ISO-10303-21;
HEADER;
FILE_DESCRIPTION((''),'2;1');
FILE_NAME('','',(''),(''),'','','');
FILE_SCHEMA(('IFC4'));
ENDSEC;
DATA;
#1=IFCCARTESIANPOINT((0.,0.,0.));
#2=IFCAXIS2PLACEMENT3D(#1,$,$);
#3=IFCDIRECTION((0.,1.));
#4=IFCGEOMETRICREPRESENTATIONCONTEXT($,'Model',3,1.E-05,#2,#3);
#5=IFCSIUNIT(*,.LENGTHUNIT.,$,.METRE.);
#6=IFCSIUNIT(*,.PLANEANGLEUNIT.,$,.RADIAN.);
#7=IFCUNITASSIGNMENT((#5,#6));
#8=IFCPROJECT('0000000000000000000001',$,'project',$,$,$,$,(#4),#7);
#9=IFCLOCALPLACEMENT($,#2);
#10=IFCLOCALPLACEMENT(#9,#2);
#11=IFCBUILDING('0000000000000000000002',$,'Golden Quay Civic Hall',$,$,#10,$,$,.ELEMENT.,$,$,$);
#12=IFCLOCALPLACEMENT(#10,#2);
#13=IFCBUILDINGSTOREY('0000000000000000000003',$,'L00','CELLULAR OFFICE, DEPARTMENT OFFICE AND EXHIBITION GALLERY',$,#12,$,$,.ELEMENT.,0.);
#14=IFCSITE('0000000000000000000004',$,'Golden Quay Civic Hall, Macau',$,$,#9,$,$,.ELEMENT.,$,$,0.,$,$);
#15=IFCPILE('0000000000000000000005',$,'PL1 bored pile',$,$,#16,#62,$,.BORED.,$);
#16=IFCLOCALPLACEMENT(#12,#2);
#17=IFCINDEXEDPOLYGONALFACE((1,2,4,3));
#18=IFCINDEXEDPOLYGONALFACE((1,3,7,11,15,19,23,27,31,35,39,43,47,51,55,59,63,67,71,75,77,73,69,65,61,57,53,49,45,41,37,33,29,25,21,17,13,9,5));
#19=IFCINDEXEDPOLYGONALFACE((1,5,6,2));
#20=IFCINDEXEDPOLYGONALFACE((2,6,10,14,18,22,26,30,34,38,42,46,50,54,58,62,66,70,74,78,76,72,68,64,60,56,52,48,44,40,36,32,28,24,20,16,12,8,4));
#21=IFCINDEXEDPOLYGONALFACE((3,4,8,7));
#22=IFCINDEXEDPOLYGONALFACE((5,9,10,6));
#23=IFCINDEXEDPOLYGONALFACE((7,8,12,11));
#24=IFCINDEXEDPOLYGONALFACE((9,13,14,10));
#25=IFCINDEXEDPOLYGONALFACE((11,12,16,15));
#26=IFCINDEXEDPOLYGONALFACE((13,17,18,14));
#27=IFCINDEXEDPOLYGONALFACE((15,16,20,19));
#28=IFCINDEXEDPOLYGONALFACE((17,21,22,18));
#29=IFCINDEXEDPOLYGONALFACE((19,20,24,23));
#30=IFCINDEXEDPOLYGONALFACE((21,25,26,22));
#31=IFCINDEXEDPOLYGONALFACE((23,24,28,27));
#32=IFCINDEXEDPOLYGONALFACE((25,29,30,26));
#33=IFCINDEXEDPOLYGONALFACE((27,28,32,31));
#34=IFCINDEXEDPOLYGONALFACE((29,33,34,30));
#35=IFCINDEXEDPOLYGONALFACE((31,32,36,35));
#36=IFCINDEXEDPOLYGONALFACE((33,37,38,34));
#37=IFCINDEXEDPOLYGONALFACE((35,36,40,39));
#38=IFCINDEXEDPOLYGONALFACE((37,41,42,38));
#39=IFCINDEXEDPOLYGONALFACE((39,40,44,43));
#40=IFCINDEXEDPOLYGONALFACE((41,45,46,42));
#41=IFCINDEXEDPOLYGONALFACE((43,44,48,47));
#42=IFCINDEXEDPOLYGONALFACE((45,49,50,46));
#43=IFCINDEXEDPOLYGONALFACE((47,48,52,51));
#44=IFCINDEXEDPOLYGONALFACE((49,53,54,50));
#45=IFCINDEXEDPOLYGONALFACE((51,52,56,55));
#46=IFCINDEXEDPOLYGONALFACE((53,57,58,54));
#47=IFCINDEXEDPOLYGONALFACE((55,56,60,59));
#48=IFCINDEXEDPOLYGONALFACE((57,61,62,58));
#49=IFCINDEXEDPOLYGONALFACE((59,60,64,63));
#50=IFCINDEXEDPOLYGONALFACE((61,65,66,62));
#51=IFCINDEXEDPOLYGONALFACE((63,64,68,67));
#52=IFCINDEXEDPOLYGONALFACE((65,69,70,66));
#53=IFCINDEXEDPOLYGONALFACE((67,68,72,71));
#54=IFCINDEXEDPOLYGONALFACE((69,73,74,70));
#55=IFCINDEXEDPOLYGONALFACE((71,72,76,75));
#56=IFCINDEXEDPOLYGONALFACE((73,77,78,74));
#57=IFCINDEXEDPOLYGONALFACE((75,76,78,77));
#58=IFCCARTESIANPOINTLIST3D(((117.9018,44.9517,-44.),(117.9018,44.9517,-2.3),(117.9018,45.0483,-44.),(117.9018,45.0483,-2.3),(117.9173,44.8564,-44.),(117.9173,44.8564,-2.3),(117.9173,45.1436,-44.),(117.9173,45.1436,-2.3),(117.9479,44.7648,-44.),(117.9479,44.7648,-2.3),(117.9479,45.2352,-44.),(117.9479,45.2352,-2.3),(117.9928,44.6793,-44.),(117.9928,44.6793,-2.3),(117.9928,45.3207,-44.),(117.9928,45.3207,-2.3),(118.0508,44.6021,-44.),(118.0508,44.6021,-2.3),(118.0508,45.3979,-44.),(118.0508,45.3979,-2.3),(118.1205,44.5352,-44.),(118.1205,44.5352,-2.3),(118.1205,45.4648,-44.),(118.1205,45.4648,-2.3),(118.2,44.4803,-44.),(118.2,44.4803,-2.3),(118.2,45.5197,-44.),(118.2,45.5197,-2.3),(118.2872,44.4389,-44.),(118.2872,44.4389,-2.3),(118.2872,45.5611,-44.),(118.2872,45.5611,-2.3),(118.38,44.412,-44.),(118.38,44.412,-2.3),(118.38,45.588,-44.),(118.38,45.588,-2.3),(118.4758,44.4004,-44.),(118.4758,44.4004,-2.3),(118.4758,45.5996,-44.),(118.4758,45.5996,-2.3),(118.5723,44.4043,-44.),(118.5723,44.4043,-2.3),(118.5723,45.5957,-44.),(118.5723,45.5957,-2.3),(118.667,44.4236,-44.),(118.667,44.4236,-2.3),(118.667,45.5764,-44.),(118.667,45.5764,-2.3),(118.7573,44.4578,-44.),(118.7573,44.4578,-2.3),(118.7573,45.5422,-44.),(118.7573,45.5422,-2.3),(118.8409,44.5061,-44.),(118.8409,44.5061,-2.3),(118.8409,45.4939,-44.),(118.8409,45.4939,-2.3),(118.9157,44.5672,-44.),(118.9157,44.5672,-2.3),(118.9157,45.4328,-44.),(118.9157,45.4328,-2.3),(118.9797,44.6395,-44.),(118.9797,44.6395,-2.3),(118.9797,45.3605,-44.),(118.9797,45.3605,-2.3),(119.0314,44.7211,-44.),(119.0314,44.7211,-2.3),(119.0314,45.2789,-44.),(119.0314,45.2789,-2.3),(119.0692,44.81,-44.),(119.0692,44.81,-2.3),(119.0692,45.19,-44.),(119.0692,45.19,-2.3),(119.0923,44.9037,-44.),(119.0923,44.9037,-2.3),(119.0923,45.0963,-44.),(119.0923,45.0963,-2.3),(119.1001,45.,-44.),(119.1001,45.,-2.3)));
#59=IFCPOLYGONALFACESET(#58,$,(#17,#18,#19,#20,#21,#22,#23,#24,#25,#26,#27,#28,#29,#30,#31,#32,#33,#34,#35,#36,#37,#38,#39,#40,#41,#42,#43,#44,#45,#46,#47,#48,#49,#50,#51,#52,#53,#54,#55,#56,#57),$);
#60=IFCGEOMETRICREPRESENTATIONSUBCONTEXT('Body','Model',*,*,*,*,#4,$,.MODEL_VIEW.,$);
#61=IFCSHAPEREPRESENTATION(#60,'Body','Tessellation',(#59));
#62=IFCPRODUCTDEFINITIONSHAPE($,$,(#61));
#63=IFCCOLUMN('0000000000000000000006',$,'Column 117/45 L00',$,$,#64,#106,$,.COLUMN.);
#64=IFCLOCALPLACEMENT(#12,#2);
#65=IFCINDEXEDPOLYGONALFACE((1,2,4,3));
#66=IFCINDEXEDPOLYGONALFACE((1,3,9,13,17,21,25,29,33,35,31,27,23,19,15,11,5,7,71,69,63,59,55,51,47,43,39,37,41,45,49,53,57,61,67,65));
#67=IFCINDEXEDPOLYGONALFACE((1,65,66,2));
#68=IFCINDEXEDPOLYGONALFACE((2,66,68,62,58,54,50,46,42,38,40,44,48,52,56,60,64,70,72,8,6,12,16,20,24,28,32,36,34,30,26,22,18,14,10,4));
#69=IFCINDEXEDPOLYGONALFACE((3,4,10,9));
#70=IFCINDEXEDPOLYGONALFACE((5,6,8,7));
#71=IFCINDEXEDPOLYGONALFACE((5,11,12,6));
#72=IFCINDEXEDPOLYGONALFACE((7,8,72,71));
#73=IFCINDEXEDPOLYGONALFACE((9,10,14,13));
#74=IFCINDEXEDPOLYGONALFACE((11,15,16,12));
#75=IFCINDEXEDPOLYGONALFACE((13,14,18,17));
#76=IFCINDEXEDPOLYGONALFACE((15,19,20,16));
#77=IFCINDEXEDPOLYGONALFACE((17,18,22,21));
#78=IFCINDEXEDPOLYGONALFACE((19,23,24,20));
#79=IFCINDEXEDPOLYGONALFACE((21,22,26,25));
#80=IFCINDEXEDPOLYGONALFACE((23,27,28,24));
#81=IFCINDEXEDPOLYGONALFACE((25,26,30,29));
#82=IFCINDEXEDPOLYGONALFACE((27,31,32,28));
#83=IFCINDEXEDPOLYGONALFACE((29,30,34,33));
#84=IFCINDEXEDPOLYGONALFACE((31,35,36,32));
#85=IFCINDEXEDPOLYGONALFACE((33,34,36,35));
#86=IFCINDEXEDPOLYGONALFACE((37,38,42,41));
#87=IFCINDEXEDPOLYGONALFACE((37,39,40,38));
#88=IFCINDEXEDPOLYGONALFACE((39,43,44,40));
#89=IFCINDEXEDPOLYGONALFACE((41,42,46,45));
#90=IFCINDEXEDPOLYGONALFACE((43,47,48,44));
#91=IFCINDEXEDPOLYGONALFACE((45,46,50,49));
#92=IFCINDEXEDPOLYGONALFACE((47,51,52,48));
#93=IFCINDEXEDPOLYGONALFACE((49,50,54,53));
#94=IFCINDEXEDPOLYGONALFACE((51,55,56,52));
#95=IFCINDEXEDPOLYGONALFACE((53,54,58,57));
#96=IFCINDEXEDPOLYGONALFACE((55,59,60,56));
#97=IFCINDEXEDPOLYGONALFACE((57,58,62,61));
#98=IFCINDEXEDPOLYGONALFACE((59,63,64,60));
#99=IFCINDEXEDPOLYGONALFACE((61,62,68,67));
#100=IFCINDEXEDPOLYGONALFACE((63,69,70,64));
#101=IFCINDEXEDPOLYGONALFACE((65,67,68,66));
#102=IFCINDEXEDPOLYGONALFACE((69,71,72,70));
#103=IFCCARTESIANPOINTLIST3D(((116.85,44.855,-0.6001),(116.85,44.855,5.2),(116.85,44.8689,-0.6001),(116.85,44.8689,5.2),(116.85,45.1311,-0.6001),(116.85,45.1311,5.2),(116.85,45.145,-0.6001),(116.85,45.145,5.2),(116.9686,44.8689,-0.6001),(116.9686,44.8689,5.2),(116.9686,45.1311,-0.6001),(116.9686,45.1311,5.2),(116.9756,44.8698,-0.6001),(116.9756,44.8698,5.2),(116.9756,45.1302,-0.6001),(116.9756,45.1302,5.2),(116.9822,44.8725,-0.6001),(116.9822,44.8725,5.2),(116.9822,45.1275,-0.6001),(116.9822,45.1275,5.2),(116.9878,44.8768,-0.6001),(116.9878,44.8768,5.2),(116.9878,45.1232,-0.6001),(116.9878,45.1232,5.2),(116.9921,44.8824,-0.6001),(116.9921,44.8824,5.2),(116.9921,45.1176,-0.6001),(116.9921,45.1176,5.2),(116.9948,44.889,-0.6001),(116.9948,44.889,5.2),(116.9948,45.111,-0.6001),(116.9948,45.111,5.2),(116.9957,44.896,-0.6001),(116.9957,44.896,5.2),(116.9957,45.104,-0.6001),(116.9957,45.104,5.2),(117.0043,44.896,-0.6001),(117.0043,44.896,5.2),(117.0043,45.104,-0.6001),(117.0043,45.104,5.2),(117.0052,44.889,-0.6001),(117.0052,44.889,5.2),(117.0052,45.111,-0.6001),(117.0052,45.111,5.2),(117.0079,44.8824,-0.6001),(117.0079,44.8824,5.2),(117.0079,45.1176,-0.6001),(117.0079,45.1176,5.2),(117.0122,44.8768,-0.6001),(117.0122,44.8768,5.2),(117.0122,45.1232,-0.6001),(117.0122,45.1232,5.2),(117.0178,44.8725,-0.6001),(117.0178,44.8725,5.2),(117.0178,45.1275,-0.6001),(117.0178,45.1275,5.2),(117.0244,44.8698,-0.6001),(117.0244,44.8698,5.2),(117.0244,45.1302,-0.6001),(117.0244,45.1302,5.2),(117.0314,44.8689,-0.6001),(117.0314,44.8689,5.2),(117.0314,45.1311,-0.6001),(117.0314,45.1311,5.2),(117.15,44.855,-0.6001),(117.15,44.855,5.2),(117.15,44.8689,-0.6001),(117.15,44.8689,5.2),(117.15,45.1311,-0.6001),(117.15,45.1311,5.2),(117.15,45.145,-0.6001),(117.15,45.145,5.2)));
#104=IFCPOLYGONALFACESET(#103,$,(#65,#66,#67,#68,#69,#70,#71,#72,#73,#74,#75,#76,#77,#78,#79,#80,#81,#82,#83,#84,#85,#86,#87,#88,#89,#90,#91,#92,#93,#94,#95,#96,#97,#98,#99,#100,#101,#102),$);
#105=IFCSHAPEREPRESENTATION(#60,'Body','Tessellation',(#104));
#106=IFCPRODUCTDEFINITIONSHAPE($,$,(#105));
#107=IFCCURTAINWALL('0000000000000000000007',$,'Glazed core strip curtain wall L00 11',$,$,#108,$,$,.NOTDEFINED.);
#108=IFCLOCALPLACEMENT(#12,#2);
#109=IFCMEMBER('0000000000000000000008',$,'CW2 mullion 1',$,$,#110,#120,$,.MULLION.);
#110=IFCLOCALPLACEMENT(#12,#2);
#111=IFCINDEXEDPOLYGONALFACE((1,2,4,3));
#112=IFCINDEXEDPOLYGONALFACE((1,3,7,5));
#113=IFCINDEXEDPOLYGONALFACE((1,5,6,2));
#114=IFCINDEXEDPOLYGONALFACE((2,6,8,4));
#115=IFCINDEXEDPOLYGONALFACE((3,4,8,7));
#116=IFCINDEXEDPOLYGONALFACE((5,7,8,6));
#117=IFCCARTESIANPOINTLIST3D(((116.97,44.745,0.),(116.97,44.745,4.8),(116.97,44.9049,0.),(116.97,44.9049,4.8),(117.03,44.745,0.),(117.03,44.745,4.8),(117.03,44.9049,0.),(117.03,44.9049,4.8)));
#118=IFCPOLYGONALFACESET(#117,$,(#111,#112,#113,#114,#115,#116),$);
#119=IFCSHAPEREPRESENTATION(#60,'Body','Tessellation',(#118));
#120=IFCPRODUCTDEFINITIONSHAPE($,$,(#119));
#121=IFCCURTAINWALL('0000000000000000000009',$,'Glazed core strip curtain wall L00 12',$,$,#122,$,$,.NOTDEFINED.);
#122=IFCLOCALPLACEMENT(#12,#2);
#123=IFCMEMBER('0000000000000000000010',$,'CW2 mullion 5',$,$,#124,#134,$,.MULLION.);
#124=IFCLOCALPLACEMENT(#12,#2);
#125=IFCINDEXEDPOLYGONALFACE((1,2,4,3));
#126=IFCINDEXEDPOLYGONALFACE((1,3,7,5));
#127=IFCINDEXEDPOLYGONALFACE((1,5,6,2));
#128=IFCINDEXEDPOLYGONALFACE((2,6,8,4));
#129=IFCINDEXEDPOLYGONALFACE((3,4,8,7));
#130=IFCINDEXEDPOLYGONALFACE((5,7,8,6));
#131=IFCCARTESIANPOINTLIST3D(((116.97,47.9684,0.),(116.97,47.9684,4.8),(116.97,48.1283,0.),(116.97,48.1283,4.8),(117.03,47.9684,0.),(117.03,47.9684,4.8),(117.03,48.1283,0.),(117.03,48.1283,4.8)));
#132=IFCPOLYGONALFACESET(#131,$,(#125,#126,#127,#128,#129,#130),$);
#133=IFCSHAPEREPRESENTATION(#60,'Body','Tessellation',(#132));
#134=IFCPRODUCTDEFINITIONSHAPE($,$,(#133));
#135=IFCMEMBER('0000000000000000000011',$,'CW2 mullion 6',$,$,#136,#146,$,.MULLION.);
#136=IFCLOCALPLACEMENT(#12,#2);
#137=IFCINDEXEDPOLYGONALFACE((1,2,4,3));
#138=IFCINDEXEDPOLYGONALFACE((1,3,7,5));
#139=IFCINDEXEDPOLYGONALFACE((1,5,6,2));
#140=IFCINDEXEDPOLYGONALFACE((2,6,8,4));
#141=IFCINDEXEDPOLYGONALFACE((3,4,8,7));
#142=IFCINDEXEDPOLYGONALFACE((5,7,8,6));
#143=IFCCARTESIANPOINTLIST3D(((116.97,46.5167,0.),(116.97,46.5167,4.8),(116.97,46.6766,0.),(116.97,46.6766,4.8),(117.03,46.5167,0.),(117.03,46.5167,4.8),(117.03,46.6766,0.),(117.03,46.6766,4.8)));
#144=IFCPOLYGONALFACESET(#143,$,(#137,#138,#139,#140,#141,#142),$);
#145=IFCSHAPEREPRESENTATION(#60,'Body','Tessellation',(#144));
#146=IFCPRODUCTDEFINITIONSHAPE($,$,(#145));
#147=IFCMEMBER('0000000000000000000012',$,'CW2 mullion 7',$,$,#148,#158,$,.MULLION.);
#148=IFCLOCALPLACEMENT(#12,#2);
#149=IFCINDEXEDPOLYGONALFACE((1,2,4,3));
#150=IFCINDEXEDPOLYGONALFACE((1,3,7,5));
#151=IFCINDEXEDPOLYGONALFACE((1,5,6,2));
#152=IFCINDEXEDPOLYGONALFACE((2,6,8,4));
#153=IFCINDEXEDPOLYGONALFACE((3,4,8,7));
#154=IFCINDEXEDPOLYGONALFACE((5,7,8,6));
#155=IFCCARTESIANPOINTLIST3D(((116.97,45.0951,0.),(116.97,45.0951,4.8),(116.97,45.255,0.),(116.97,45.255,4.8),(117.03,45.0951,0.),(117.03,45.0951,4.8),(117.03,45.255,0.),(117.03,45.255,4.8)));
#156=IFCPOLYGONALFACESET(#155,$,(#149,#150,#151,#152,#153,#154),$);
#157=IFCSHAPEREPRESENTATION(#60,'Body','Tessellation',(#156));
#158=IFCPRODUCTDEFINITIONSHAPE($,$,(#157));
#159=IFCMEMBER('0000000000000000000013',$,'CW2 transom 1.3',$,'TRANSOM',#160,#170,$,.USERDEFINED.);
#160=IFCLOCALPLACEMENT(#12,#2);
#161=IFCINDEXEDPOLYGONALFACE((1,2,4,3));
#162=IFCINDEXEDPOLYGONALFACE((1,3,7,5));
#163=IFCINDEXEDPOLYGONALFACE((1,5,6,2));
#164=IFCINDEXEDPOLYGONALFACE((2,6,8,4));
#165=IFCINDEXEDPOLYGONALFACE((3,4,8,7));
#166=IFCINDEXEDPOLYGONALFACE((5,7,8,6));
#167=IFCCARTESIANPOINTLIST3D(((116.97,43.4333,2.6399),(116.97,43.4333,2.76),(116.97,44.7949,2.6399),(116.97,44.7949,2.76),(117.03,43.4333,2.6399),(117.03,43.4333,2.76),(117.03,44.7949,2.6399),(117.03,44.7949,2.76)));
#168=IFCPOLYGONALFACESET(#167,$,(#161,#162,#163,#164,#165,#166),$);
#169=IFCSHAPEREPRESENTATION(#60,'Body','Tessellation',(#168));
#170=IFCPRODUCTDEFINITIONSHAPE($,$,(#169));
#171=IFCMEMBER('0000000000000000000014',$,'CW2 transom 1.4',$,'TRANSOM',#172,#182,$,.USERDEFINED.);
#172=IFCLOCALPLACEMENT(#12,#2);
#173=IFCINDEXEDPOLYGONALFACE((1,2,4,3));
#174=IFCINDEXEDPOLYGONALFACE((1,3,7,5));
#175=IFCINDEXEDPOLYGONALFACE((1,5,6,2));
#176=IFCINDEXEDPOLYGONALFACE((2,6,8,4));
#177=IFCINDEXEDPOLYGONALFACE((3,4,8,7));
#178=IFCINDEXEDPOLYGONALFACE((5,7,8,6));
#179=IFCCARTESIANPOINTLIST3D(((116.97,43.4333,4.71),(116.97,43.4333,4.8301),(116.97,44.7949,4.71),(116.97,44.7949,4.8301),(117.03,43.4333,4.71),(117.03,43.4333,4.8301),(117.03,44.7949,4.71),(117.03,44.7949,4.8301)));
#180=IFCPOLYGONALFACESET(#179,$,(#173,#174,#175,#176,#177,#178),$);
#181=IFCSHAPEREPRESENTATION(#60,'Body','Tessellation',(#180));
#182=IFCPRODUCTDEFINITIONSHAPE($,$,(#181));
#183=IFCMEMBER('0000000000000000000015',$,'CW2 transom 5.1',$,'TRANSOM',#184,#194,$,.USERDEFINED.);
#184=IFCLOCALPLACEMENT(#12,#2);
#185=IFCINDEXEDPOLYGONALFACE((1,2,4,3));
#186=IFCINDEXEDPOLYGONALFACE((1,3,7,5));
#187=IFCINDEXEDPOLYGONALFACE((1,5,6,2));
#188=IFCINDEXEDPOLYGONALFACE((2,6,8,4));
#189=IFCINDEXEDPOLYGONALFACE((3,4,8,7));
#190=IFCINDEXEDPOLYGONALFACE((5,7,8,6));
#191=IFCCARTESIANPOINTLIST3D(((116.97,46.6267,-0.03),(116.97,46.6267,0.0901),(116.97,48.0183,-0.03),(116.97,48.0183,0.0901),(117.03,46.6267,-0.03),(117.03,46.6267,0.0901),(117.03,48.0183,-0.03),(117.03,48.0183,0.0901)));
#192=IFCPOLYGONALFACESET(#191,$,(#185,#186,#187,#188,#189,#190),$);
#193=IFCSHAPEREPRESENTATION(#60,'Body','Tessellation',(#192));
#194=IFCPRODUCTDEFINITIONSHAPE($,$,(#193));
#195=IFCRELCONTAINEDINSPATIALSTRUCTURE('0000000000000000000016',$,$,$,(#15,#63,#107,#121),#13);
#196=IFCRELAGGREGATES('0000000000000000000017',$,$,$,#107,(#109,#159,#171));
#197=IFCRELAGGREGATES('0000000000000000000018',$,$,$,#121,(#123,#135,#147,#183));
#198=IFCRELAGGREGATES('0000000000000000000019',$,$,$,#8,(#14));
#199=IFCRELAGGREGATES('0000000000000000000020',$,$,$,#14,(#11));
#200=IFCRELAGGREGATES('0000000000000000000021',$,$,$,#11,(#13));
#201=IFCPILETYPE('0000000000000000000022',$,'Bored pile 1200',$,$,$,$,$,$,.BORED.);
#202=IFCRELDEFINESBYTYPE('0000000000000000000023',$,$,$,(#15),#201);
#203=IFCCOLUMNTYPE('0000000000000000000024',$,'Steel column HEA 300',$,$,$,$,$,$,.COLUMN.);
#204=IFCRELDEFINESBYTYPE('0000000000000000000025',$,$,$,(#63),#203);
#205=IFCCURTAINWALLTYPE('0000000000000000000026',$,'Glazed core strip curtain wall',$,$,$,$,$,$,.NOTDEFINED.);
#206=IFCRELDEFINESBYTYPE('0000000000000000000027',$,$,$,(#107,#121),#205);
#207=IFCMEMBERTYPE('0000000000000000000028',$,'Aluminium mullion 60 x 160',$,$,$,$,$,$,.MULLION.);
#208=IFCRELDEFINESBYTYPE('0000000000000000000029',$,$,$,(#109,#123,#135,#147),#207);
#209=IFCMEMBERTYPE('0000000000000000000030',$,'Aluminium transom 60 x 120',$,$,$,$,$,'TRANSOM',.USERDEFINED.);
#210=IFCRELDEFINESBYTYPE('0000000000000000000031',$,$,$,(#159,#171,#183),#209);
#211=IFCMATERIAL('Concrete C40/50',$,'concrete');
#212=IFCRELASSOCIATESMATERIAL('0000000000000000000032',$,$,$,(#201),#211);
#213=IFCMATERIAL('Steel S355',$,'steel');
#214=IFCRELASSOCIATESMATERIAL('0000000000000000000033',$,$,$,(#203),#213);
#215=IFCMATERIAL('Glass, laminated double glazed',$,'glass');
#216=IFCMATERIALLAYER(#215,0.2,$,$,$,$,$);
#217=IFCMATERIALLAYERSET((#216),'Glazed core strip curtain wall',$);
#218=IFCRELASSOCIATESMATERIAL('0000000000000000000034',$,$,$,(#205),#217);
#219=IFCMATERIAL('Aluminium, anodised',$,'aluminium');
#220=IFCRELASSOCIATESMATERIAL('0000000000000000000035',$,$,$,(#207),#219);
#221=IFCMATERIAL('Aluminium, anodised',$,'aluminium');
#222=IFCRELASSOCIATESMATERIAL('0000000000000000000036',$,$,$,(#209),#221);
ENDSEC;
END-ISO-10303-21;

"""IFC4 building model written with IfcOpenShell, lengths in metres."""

from ifc_helpers import new_model, si_unit, direction, frame, origin, origin_2d, place, context, subcontext, project, spatial, rectangle, circle, i_section, extrude, material, layer, layer_set, material_profile, profile_set, type_object, element, aggregate, save


model = new_model("IFC4")

# Units and contexts
model_context = context("Model", 3, precision=1e-05, world=origin(), true_north=direction((0.0, 1.0)))
body_context = subcontext(model_context, "Body", "Model", "MODEL_VIEW")
ifc_project = project(units=[si_unit("LENGTHUNIT", "METRE"), si_unit("PLANEANGLEUNIT", "RADIAN")], contexts=[model_context])

# Site, building, storey
site_placement = place(None, origin())
site = spatial("IfcSite", under=ifc_project, at=site_placement, Name="Golden Quay Civic Hall, Macau", CompositionType="ELEMENT", RefElevation=0.0)
building_placement = place(site_placement, origin())
building = spatial("IfcBuilding", under=site, at=building_placement, Name="Golden Quay Civic Hall", CompositionType="ELEMENT")
storey_placement = place(building_placement, origin())
storey = spatial("IfcBuildingStorey", under=building, at=storey_placement, Name="L00", Description="CELLULAR OFFICE, DEPARTMENT OFFICE AND EXHIBITION GALLERY", CompositionType="ELEMENT", Elevation=0.0)

# Pile
ifc_material_1 = material(Name="Concrete C40/50", Category="concrete")
ifc_material_profile_1 = material_profile(ifc_material_1, circle(Radius=0.6001, at=origin_2d()), Name="RC D1200")
ifc_profile_set_1 = profile_set([ifc_material_profile_1], Name="Concrete C40/50")
pile_type = type_object("IfcPileType", Name="Bored pile 1200", PredefinedType="BORED", material=ifc_profile_set_1)
pile_placement = place(storey_placement, frame((118.5, 45.0, -2.3), z_axis=(0.0, 0.0, -1.0), x_axis=(1.0, 0.0, 0.0)))
element("IfcPile", 1, at=pile_placement, inside=storey, type_object=pile_type, Name="PL1 bored pile", PredefinedType="BORED", context=body_context, shape_type="SweptSolid", body=[
    extrude(circle(Radius=0.6001, at=origin_2d()), origin(), (0.0, 0.0, 1.0), 41.7),
])

# Column
ifc_material_2 = material(Name="Steel S355", Category="steel")
ifc_material_profile_2 = material_profile(ifc_material_2, i_section(OverallWidth=0.3, OverallDepth=0.29, WebThickness=0.0085, FlangeThickness=0.0139, FilletRadius=0.0271, at=origin_2d()), Name="HEA 300")
ifc_profile_set_2 = profile_set([ifc_material_profile_2], Name="Steel S355")
column_type = type_object("IfcColumnType", Name="Steel column HEA 300", PredefinedType="COLUMN", material=ifc_profile_set_2)
column_placement = place(storey_placement, frame((117.0, 45.0, -0.6001), z_axis=(0.0, 0.0, 1.0), x_axis=(1.0, 0.0, 0.0)))
element("IfcColumn", 2, at=column_placement, inside=storey, type_object=column_type, Name="Column 117/45 L00", PredefinedType="COLUMN", context=body_context, shape_type="SweptSolid", body=[
    extrude(i_section(OverallWidth=0.3, OverallDepth=0.29, WebThickness=0.0085, FlangeThickness=0.0139, FilletRadius=0.0271, at=origin_2d()), origin(), (0.0, 0.0, 1.0), 5.8),
])

# Curtain wall, member
ifc_material_3 = material(Name="Glass, laminated double glazed", Category="glass")
ifc_layer_1 = layer(ifc_material_3, 0.2)
ifc_layer_set_1 = layer_set([ifc_layer_1], Name="Glazed core strip curtain wall")
curtain_wall_type = type_object("IfcCurtainWallType", Name="Glazed core strip curtain wall", PredefinedType="NOTDEFINED", material=ifc_layer_set_1)
curtain_wall_1_placement = place(storey_placement, origin())
curtain_wall_1 = element("IfcCurtainWall", 3, at=curtain_wall_1_placement, inside=storey, type_object=curtain_wall_type, Name="Glazed core strip curtain wall L00 11", PredefinedType="NOTDEFINED")
ifc_material_4 = material(Name="Aluminium, anodised", Category="aluminium")
ifc_material_profile_3 = material_profile(ifc_material_4, rectangle(XDim=0.0601, YDim=0.1599, at=origin_2d()), Name="Aluminium 60 x 160")
ifc_profile_set_3 = profile_set([ifc_material_profile_3], Name="Aluminium, anodised")
member_type_1 = type_object("IfcMemberType", Name="Aluminium mullion 60 x 160", PredefinedType="MULLION", material=ifc_profile_set_3)
member_1_placement = place(storey_placement, frame((117.0, 44.825, 0.0), z_axis=(0.0, 0.0, 1.0), x_axis=(1.0, 0.0, 0.0)))
member_1 = element("IfcMember", 4, at=member_1_placement, type_object=member_type_1, Name="CW2 mullion 1", PredefinedType="MULLION", context=body_context, shape_type="SweptSolid", body=[
    extrude(rectangle(XDim=0.0601, YDim=0.1599, at=origin_2d()), origin(), (0.0, 0.0, 1.0), 4.8),
])

# Curtain wall, members
curtain_wall_2_placement = place(storey_placement, origin())
curtain_wall_2 = element("IfcCurtainWall", 5, at=curtain_wall_2_placement, inside=storey, type_object=curtain_wall_type, Name="Glazed core strip curtain wall L00 12", PredefinedType="NOTDEFINED")
member_2_placement = place(storey_placement, frame((117.0, 48.0483, 0.0), z_axis=(0.0, 0.0, 1.0), x_axis=(1.0, 0.0, 0.0)))
member_2 = element("IfcMember", 6, at=member_2_placement, type_object=member_type_1, Name="CW2 mullion 5", PredefinedType="MULLION", context=body_context, shape_type="SweptSolid", body=[
    extrude(rectangle(XDim=0.0601, YDim=0.1599, at=origin_2d()), origin(), (0.0, 0.0, 1.0), 4.8),
])
member_3_placement = place(storey_placement, frame((117.0, 46.5967, 0.0), z_axis=(0.0, 0.0, 1.0), x_axis=(1.0, 0.0, 0.0)))
member_3 = element("IfcMember", 7, at=member_3_placement, type_object=member_type_1, Name="CW2 mullion 6", PredefinedType="MULLION", context=body_context, shape_type="SweptSolid", body=[
    extrude(rectangle(XDim=0.0601, YDim=0.1599, at=origin_2d()), origin(), (0.0, 0.0, 1.0), 4.8),
])
member_4_placement = place(storey_placement, frame((117.0, 45.175, 0.0), z_axis=(0.0, 0.0, 1.0), x_axis=(1.0, 0.0, 0.0)))
member_4 = element("IfcMember", 8, at=member_4_placement, type_object=member_type_1, Name="CW2 mullion 7", PredefinedType="MULLION", context=body_context, shape_type="SweptSolid", body=[
    extrude(rectangle(XDim=0.0601, YDim=0.1599, at=origin_2d()), origin(), (0.0, 0.0, 1.0), 4.8),
])

# Members
ifc_material_5 = material(Name="Aluminium, anodised", Category="aluminium")
ifc_material_profile_4 = material_profile(ifc_material_5, rectangle(XDim=0.0601, YDim=0.1201, at=origin_2d()), Name="Aluminium 60 x 120")
ifc_profile_set_4 = profile_set([ifc_material_profile_4], Name="Aluminium, anodised")
member_type_2 = type_object("IfcMemberType", Name="Aluminium transom 60 x 120", ElementType="TRANSOM", PredefinedType="USERDEFINED", material=ifc_profile_set_4)
member_5_placement = place(storey_placement, frame((117.0, 44.7949, 2.7), z_axis=(0.0, -1.0, 0.0), x_axis=(1.0, 0.0, 0.0)))
member_5 = element("IfcMember", 9, at=member_5_placement, type_object=member_type_2, Name="CW2 transom 1.3", ObjectType="TRANSOM", PredefinedType="USERDEFINED", context=body_context, shape_type="SweptSolid", body=[
    extrude(rectangle(XDim=0.0601, YDim=0.1201, at=origin_2d()), origin(), (0.0, 0.0, 1.0), 1.3616),
])
member_6_placement = place(storey_placement, frame((117.0, 44.7949, 4.77), z_axis=(0.0, -1.0, 0.0), x_axis=(1.0, 0.0, 0.0)))
member_6 = element("IfcMember", 10, at=member_6_placement, type_object=member_type_2, Name="CW2 transom 1.4", ObjectType="TRANSOM", PredefinedType="USERDEFINED", context=body_context, shape_type="SweptSolid", body=[
    extrude(rectangle(XDim=0.0601, YDim=0.1201, at=origin_2d()), origin(), (0.0, 0.0, 1.0), 1.3616),
])
aggregate(curtain_wall_1, [member_1, member_5, member_6])
member_7_placement = place(storey_placement, frame((117.0, 48.0183, 0.03), z_axis=(0.0, -1.0, 0.0), x_axis=(1.0, 0.0, 0.0)))
member_7 = element("IfcMember", 11, at=member_7_placement, type_object=member_type_2, Name="CW2 transom 5.1", ObjectType="TRANSOM", PredefinedType="USERDEFINED", context=body_context, shape_type="SweptSolid", body=[
    extrude(rectangle(XDim=0.0601, YDim=0.1201, at=origin_2d()), origin(), (0.0, 0.0, 1.0), 1.3916),
])

aggregate(curtain_wall_2, [member_2, member_3, member_4, member_7])

save(model, "model.ifc")
